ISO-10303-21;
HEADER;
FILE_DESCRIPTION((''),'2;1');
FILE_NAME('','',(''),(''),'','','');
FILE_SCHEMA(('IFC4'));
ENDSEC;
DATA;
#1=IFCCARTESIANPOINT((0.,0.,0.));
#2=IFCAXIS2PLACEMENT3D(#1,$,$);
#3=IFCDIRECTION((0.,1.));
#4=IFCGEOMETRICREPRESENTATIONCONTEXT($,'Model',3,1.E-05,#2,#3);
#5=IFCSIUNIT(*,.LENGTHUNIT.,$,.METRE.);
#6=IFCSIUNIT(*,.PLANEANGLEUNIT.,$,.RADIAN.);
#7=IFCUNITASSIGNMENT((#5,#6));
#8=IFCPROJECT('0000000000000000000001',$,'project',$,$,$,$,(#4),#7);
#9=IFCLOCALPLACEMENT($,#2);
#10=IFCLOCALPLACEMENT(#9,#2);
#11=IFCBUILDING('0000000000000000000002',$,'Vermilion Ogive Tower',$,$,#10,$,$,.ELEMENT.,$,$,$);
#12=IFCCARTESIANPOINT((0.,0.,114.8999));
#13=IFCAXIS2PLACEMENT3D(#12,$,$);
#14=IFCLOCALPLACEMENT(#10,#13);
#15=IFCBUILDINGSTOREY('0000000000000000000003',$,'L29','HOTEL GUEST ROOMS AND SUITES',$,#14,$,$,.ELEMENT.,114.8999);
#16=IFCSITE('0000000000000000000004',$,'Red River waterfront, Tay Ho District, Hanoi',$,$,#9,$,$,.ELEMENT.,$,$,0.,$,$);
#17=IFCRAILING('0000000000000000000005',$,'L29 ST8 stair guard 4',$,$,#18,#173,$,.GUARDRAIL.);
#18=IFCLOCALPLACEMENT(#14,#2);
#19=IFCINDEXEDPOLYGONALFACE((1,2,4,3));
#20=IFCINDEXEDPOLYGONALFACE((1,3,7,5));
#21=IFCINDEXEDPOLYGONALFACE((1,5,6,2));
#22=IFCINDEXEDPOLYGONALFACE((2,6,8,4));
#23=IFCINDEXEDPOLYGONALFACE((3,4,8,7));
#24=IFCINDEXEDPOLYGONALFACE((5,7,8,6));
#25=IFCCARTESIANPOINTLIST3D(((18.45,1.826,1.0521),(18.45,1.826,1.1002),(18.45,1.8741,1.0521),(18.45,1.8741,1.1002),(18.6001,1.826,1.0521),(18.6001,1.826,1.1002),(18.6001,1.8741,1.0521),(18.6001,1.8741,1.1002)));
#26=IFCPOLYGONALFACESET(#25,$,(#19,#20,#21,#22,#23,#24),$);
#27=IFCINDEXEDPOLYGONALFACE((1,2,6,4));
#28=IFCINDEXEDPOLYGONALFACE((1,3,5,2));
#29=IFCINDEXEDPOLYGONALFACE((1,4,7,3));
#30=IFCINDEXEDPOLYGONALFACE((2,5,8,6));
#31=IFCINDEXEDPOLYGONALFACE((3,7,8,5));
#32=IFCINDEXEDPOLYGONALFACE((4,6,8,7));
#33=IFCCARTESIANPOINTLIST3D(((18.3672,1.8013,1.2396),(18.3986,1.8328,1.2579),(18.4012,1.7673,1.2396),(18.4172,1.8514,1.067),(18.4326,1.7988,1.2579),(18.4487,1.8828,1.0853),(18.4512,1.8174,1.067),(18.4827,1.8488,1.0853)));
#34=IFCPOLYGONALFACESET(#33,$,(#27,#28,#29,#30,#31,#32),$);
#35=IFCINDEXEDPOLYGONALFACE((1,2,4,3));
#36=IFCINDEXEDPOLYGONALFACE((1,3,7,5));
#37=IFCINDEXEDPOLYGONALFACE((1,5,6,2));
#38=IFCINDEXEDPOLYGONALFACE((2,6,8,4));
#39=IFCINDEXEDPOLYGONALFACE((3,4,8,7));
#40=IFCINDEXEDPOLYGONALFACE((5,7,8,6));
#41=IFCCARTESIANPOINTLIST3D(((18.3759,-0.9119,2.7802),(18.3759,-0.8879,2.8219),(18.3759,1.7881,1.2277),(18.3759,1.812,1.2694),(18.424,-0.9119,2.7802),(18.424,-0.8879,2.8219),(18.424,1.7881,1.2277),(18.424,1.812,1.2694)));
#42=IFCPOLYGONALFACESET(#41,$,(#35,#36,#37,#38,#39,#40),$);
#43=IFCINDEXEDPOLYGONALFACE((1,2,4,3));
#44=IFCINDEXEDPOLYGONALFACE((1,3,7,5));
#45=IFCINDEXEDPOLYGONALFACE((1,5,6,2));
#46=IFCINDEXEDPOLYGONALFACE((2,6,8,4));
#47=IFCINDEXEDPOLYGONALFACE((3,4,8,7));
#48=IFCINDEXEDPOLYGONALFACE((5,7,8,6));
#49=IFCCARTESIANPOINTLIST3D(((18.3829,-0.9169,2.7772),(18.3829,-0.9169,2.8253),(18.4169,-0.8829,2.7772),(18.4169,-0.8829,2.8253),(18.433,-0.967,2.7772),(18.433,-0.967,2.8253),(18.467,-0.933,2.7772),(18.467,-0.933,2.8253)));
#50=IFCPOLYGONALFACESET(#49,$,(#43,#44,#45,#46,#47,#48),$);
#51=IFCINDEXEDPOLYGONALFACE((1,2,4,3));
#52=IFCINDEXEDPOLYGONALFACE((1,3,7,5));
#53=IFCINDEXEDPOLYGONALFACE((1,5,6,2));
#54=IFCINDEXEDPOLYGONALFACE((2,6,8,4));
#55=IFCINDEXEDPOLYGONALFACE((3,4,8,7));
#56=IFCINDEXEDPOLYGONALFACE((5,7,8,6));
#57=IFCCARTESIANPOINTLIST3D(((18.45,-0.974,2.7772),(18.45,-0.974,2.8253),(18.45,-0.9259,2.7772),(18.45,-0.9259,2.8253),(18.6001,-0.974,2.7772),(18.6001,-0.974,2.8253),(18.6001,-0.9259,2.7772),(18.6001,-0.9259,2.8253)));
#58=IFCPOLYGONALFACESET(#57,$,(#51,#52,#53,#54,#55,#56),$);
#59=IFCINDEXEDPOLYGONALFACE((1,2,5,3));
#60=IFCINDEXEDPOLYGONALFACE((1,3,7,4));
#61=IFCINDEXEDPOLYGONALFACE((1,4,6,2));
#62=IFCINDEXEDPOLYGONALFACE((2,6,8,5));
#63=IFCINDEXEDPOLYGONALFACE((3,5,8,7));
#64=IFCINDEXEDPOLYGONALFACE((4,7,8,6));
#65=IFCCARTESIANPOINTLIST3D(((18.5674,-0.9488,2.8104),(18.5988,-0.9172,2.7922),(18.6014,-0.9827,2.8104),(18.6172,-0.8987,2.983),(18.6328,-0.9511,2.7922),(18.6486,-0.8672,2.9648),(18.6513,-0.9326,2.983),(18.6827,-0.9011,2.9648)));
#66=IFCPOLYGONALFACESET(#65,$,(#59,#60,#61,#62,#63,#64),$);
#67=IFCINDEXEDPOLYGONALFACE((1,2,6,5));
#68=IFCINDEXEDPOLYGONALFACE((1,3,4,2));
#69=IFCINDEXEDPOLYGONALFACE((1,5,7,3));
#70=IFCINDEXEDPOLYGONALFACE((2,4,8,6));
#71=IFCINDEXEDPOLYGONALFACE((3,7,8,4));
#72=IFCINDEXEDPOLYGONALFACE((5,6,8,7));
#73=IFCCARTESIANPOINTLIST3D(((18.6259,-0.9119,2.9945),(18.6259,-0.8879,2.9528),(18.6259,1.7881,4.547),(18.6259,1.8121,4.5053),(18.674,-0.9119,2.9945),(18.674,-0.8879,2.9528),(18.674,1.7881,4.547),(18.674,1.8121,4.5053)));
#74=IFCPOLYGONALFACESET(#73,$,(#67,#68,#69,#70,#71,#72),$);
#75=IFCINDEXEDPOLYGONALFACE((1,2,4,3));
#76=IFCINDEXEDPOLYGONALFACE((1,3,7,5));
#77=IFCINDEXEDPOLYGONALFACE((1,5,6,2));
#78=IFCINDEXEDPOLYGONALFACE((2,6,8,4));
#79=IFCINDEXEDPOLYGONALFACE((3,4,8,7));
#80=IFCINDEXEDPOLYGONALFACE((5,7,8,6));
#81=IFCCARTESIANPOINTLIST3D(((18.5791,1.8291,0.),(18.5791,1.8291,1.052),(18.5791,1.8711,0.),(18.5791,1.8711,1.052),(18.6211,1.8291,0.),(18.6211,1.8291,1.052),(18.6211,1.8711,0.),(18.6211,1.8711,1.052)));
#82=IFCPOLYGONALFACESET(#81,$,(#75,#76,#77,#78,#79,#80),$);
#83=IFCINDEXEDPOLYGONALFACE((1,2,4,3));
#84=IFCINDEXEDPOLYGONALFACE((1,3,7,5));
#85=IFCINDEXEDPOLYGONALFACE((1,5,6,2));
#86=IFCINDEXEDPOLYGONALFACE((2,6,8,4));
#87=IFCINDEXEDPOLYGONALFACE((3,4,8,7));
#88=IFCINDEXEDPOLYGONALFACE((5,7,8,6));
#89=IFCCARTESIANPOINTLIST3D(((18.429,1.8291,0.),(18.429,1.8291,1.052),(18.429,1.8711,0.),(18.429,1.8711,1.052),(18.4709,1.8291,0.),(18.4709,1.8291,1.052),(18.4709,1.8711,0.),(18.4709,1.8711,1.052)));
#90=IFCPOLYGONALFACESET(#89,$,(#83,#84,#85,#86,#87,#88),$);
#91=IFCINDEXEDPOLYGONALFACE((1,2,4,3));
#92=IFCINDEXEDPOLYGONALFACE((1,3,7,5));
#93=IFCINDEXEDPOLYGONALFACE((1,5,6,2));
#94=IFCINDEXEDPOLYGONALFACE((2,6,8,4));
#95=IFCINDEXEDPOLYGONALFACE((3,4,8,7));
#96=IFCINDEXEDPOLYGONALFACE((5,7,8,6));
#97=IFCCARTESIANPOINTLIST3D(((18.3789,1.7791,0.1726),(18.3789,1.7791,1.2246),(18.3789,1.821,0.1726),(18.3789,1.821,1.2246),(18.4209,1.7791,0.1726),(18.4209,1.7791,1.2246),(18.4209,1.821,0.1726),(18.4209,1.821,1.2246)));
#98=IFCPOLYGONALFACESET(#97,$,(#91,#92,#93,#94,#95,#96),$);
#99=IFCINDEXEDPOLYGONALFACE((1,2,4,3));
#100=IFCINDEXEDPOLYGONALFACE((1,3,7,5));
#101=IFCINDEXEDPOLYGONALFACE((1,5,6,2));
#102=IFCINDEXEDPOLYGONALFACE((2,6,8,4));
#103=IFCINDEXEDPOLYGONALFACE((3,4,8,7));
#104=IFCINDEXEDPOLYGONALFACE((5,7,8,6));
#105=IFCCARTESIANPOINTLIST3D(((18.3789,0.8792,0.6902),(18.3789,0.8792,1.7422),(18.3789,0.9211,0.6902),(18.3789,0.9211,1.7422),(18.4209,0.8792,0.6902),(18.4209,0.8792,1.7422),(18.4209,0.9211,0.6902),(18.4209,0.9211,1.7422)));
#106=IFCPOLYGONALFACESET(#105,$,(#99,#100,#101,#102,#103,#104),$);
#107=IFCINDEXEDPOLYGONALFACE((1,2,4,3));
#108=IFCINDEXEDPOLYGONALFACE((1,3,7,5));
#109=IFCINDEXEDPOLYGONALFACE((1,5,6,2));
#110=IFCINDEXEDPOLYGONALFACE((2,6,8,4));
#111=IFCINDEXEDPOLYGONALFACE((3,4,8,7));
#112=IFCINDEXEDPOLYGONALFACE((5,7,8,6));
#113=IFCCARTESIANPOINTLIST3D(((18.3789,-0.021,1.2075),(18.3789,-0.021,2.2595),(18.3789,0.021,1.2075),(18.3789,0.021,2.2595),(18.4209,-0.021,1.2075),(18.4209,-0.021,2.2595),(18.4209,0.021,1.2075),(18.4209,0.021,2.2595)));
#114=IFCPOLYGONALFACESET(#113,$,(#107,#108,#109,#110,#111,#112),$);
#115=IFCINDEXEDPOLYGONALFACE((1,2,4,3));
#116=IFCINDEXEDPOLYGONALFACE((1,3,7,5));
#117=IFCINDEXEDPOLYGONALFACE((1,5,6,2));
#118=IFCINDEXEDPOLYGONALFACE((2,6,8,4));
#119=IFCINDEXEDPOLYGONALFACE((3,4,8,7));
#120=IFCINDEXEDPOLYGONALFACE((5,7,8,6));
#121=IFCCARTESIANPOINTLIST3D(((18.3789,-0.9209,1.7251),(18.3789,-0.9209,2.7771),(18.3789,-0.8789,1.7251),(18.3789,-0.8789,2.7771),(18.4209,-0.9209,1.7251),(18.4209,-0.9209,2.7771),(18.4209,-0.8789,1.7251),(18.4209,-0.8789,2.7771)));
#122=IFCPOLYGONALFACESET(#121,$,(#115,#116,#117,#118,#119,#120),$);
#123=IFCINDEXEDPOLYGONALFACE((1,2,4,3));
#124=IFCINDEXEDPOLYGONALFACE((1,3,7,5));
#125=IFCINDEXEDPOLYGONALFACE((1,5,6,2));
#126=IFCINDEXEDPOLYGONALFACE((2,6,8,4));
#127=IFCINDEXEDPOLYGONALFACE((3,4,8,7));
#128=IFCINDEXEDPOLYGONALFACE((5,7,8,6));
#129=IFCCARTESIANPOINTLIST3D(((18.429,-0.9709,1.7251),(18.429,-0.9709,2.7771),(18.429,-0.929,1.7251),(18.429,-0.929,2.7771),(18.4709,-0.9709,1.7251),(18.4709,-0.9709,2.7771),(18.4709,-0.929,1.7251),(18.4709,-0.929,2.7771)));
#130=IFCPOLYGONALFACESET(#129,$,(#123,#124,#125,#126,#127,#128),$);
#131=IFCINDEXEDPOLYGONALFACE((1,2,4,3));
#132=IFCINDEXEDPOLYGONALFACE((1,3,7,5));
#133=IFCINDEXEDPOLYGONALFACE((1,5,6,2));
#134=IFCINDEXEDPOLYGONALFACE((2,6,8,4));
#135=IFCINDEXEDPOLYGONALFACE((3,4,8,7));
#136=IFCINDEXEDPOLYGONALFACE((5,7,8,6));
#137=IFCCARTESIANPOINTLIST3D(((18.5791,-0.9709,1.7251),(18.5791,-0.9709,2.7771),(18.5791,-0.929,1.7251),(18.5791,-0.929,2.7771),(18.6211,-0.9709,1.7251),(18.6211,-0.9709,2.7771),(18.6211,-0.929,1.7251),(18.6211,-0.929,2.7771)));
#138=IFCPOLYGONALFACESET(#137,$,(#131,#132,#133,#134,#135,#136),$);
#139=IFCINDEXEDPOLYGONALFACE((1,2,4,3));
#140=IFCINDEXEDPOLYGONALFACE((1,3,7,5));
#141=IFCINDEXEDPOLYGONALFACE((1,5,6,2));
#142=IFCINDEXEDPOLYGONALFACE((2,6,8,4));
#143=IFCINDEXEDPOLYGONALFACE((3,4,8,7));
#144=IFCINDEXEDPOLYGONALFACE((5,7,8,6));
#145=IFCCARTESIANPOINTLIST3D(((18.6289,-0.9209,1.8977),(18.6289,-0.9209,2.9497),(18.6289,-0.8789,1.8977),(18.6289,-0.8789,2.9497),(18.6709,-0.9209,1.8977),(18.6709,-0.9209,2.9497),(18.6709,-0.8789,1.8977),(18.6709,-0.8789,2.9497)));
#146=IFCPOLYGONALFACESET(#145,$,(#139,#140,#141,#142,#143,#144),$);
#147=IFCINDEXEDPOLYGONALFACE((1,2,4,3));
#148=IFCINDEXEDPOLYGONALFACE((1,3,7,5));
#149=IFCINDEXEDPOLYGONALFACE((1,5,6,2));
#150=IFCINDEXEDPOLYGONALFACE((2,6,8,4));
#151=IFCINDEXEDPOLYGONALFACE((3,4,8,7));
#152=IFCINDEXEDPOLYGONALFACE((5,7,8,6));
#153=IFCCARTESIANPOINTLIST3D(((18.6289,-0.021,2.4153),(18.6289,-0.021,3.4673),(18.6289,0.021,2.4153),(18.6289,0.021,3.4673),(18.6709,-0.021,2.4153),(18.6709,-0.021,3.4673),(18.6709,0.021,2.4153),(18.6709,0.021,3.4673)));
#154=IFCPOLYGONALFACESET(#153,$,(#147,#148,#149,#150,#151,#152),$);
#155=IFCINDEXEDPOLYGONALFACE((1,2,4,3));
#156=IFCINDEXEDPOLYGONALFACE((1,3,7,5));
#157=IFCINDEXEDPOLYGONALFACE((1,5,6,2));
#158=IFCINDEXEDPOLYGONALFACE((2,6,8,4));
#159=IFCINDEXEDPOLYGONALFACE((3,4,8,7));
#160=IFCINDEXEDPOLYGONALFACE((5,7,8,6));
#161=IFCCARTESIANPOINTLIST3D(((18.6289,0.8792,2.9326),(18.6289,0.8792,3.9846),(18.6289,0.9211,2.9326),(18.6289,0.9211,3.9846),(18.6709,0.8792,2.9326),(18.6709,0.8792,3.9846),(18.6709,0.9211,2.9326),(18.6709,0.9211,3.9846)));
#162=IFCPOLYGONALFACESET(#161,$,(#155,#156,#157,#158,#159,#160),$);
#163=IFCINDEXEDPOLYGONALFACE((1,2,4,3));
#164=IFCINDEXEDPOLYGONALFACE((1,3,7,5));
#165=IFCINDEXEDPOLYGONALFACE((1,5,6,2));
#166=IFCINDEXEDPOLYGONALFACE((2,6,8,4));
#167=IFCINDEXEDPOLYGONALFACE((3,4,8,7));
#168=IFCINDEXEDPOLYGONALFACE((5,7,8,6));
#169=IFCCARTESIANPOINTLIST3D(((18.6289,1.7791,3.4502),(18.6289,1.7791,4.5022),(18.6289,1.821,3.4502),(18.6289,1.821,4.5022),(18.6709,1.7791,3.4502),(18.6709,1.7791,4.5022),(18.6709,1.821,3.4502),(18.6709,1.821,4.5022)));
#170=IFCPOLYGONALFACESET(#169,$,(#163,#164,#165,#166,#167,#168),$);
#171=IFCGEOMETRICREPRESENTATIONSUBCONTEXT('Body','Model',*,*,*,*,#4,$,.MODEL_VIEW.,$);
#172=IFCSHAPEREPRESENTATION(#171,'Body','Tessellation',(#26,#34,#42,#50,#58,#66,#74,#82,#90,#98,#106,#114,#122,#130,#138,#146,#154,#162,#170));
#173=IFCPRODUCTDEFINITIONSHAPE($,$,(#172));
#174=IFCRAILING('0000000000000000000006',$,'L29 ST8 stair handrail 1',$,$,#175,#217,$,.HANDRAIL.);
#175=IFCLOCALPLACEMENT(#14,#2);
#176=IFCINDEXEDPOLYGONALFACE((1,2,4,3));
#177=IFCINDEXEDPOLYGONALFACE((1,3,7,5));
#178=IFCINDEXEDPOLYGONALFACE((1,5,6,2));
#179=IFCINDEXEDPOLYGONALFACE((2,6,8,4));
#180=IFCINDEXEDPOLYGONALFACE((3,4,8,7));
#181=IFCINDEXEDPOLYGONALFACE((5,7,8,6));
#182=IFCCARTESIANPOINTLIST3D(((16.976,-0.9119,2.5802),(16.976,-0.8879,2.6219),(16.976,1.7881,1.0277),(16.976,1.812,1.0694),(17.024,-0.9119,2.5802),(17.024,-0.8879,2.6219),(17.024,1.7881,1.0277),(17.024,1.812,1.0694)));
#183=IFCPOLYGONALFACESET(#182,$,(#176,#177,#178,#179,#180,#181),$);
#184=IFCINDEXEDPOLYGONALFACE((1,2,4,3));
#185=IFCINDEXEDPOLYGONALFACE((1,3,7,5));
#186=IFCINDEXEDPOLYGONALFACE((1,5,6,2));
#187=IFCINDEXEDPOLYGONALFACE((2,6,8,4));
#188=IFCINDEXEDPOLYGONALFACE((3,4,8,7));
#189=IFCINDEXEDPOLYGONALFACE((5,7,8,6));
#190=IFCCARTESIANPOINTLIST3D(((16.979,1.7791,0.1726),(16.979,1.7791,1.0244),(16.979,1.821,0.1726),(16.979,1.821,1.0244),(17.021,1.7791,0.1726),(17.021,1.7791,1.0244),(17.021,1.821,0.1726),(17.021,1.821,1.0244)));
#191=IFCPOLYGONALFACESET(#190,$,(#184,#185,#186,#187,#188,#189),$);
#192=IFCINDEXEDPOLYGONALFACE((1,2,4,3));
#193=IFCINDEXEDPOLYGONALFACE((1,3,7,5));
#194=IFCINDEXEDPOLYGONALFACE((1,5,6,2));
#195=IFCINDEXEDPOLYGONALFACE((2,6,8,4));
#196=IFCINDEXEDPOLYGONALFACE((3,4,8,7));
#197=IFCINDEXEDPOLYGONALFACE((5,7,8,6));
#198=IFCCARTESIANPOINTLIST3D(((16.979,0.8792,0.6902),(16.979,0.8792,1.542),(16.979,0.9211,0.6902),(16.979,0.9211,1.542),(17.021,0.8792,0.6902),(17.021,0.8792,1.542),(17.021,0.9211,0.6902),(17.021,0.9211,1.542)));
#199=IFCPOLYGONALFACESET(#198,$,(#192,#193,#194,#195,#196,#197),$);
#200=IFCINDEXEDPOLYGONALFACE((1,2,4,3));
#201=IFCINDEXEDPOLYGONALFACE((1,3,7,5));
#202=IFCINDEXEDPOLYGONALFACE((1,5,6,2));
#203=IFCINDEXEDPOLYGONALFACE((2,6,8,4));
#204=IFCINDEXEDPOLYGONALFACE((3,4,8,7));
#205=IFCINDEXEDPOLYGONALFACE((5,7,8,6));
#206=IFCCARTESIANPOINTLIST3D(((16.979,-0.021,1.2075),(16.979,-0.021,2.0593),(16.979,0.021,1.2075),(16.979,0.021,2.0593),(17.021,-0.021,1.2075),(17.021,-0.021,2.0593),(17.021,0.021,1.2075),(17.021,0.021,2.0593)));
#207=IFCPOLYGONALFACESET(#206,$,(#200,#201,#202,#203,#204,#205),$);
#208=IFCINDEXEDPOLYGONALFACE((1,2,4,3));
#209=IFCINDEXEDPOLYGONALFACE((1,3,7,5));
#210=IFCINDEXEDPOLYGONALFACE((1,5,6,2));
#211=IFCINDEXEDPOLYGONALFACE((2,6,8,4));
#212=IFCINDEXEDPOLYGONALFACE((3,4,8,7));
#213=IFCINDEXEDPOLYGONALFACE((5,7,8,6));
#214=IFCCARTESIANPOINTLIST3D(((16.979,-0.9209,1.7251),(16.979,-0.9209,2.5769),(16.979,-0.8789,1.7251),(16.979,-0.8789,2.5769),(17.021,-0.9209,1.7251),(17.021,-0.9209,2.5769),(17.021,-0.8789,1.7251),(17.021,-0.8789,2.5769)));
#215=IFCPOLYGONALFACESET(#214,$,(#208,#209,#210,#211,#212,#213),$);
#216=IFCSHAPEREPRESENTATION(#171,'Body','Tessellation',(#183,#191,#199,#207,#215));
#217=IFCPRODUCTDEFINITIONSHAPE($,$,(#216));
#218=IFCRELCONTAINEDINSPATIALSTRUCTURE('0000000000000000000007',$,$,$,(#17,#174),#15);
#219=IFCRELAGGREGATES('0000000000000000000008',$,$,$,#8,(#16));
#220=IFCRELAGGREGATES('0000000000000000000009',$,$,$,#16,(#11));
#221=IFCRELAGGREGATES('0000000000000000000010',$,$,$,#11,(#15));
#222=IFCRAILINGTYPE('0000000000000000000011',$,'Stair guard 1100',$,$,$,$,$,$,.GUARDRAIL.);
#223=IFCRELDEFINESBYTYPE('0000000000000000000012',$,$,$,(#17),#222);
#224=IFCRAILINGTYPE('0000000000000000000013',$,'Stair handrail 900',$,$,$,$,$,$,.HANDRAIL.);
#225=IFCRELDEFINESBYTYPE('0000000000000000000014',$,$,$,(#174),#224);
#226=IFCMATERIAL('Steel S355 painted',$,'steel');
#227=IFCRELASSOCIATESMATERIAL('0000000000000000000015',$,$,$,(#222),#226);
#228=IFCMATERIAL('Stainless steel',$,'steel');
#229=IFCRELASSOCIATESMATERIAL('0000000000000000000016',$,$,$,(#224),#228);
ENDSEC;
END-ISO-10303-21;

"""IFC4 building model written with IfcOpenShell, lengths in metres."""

from ifc_helpers import new_model, si_unit, direction, frame, origin, origin_2d, place, context, subcontext, project, spatial, rectangle, extrude, material, type_object, element, save


model = new_model("IFC4")

# Units and contexts
model_context = context("Model", 3, precision=1e-05, world=origin(), true_north=direction((0.0, 1.0)))
body_context = subcontext(model_context, "Body", "Model", "MODEL_VIEW")
ifc_project = project(units=[si_unit("LENGTHUNIT", "METRE"), si_unit("PLANEANGLEUNIT", "RADIAN")], contexts=[model_context])

# Site, building, storey
site_placement = place(None, origin())
site = spatial("IfcSite", under=ifc_project, at=site_placement, Name="Red River waterfront, Tay Ho District, Hanoi", CompositionType="ELEMENT", RefElevation=0.0)
building_placement = place(site_placement, origin())
building = spatial("IfcBuilding", under=site, at=building_placement, Name="Vermilion Ogive Tower", CompositionType="ELEMENT")
storey_placement = place(building_placement, frame((0.0, 0.0, 114.8999)))
storey = spatial("IfcBuildingStorey", under=building, at=storey_placement, Name="L29", Description="HOTEL GUEST ROOMS AND SUITES", CompositionType="ELEMENT", Elevation=114.8999)

# Railings
ifc_material_1 = material(Name="Steel S355 painted", Category="steel")
railing_type_1 = type_object("IfcRailingType", Name="Stair guard 1100", PredefinedType="GUARDRAIL", material=ifc_material_1)
railing_1_placement = place(storey_placement, frame((18.6001, 1.8501, 0.0)))
element("IfcRailing", 1, at=railing_1_placement, inside=storey, type_object=railing_type_1, Name="L29 ST8 stair guard 4", PredefinedType="GUARDRAIL", context=body_context, shape_type="SweptSolid", body=[
    extrude(rectangle(XDim=0.0481, YDim=0.0481, at=origin_2d()), frame((0.0, 0.0, 1.0762), z_axis=(-1.0, 0.0, 0.0), x_axis=(0.0, -1.0, 0.0)), (0.0, 0.0, 1.0), 0.1501),
    extrude(rectangle(XDim=0.0481, YDim=0.0481, at=origin_2d()), frame((-0.1501, 0.0, 1.0762), z_axis=(-0.268278, -0.268278, 0.925232), x_axis=(0.707107, -0.707107, 0.0)), (0.0, 0.0, 1.0), 0.1865),
    extrude(rectangle(XDim=0.0481, YDim=0.0481, at=origin_2d()), frame((-0.2002, -0.05, 1.2485), z_axis=(0.0, -0.866904, 0.498476), x_axis=(1.0, 0.0, 0.0)), (0.0, 0.0, 1.0), 3.1145),
    extrude(rectangle(XDim=0.0481, YDim=0.0481, at=origin_2d()), frame((-0.2002, -2.75, 2.8013), z_axis=(0.707107, -0.707107, 0.0), x_axis=(0.707107, 0.707107, 0.0)), (0.0, 0.0, 1.0), 0.0708),
    extrude(rectangle(XDim=0.0481, YDim=0.0481, at=origin_2d()), frame((-0.1501, -2.8, 2.8013), z_axis=(1.0, 0.0, 0.0), x_axis=(0.0, 1.0, 0.0)), (0.0, 0.0, 1.0), 0.1501),
    extrude(rectangle(XDim=0.0481, YDim=0.0481, at=origin_2d()), frame((0.0, -2.8, 2.8013), z_axis=(0.267063, 0.268372, 0.925556), x_axis=(-0.708834, 0.705376, 0.0)), (0.0, 0.0, 1.0), 0.1865),
    extrude(rectangle(XDim=0.0481, YDim=0.0481, at=origin_2d()), frame((0.0498, -2.75, 2.9736), z_axis=(0.0, 0.866904, 0.498476), x_axis=(-1.0, 0.0, 0.0)), (0.0, 0.0, 1.0), 3.1145),
    extrude(rectangle(XDim=0.042, YDim=0.042, at=origin_2d()), origin(), (0.0, 0.0, 1.0), 1.052),
    extrude(rectangle(XDim=0.042, YDim=0.042, at=origin_2d()), frame((-0.1501, 0.0, 0.0)), (0.0, 0.0, 1.0), 1.052),
    extrude(rectangle(XDim=0.042, YDim=0.042, at=origin_2d()), frame((-0.2002, -0.05, 0.1726)), (0.0, 0.0, 1.0), 1.052),
    extrude(rectangle(XDim=0.042, YDim=0.042, at=origin_2d()), frame((-0.2002, -0.95, 0.6902)), (0.0, 0.0, 1.0), 1.052),
    extrude(rectangle(XDim=0.042, YDim=0.042, at=origin_2d()), frame((-0.2002, -1.8501, 1.2075)), (0.0, 0.0, 1.0), 1.052),
    extrude(rectangle(XDim=0.042, YDim=0.042, at=origin_2d()), frame((-0.2002, -2.75, 1.7251)), (0.0, 0.0, 1.0), 1.052),
    extrude(rectangle(XDim=0.042, YDim=0.042, at=origin_2d()), frame((-0.1501, -2.8, 1.7251)), (0.0, 0.0, 1.0), 1.052),
    extrude(rectangle(XDim=0.042, YDim=0.042, at=origin_2d()), frame((0.0, -2.8, 1.7251)), (0.0, 0.0, 1.0), 1.052),
    extrude(rectangle(XDim=0.042, YDim=0.042, at=origin_2d()), frame((0.0498, -2.75, 1.8977)), (0.0, 0.0, 1.0), 1.052),
    extrude(rectangle(XDim=0.042, YDim=0.042, at=origin_2d()), frame((0.0498, -1.8501, 2.4153)), (0.0, 0.0, 1.0), 1.052),
    extrude(rectangle(XDim=0.042, YDim=0.042, at=origin_2d()), frame((0.0498, -0.95, 2.9326)), (0.0, 0.0, 1.0), 1.052),
    extrude(rectangle(XDim=0.042, YDim=0.042, at=origin_2d()), frame((0.0498, -0.05, 3.4502)), (0.0, 0.0, 1.0), 1.052),
])
ifc_material_2 = material(Name="Stainless steel", Category="steel")
railing_type_2 = type_object("IfcRailingType", Name="Stair handrail 900", PredefinedType="HANDRAIL", material=ifc_material_2)
railing_2_placement = place(storey_placement, frame((17.0, 1.8, 0.1726)))
element("IfcRailing", 2, at=railing_2_placement, inside=storey, type_object=railing_type_2, Name="L29 ST8 stair handrail 1", PredefinedType="HANDRAIL", context=body_context, shape_type="SweptSolid", body=[
    extrude(rectangle(XDim=0.0481, YDim=0.0481, at=origin_2d()), frame((0.0, 0.0, 0.876), z_axis=(0.0, -0.866904, 0.498476), x_axis=(1.0, 0.0, 0.0)), (0.0, 0.0, 1.0), 3.1145),
    extrude(rectangle(XDim=0.042, YDim=0.042, at=origin_2d()), origin(), (0.0, 0.0, 1.0), 0.8518),
    extrude(rectangle(XDim=0.042, YDim=0.042, at=origin_2d()), frame((0.0, -0.8999, 0.5176)), (0.0, 0.0, 1.0), 0.8518),
    extrude(rectangle(XDim=0.042, YDim=0.042, at=origin_2d()), frame((0.0, -1.8, 1.0349)), (0.0, 0.0, 1.0), 0.8518),
    extrude(rectangle(XDim=0.042, YDim=0.042, at=origin_2d()), frame((0.0, -2.7, 1.5525)), (0.0, 0.0, 1.0), 0.8518),
])

save(model, "model.ifc")
